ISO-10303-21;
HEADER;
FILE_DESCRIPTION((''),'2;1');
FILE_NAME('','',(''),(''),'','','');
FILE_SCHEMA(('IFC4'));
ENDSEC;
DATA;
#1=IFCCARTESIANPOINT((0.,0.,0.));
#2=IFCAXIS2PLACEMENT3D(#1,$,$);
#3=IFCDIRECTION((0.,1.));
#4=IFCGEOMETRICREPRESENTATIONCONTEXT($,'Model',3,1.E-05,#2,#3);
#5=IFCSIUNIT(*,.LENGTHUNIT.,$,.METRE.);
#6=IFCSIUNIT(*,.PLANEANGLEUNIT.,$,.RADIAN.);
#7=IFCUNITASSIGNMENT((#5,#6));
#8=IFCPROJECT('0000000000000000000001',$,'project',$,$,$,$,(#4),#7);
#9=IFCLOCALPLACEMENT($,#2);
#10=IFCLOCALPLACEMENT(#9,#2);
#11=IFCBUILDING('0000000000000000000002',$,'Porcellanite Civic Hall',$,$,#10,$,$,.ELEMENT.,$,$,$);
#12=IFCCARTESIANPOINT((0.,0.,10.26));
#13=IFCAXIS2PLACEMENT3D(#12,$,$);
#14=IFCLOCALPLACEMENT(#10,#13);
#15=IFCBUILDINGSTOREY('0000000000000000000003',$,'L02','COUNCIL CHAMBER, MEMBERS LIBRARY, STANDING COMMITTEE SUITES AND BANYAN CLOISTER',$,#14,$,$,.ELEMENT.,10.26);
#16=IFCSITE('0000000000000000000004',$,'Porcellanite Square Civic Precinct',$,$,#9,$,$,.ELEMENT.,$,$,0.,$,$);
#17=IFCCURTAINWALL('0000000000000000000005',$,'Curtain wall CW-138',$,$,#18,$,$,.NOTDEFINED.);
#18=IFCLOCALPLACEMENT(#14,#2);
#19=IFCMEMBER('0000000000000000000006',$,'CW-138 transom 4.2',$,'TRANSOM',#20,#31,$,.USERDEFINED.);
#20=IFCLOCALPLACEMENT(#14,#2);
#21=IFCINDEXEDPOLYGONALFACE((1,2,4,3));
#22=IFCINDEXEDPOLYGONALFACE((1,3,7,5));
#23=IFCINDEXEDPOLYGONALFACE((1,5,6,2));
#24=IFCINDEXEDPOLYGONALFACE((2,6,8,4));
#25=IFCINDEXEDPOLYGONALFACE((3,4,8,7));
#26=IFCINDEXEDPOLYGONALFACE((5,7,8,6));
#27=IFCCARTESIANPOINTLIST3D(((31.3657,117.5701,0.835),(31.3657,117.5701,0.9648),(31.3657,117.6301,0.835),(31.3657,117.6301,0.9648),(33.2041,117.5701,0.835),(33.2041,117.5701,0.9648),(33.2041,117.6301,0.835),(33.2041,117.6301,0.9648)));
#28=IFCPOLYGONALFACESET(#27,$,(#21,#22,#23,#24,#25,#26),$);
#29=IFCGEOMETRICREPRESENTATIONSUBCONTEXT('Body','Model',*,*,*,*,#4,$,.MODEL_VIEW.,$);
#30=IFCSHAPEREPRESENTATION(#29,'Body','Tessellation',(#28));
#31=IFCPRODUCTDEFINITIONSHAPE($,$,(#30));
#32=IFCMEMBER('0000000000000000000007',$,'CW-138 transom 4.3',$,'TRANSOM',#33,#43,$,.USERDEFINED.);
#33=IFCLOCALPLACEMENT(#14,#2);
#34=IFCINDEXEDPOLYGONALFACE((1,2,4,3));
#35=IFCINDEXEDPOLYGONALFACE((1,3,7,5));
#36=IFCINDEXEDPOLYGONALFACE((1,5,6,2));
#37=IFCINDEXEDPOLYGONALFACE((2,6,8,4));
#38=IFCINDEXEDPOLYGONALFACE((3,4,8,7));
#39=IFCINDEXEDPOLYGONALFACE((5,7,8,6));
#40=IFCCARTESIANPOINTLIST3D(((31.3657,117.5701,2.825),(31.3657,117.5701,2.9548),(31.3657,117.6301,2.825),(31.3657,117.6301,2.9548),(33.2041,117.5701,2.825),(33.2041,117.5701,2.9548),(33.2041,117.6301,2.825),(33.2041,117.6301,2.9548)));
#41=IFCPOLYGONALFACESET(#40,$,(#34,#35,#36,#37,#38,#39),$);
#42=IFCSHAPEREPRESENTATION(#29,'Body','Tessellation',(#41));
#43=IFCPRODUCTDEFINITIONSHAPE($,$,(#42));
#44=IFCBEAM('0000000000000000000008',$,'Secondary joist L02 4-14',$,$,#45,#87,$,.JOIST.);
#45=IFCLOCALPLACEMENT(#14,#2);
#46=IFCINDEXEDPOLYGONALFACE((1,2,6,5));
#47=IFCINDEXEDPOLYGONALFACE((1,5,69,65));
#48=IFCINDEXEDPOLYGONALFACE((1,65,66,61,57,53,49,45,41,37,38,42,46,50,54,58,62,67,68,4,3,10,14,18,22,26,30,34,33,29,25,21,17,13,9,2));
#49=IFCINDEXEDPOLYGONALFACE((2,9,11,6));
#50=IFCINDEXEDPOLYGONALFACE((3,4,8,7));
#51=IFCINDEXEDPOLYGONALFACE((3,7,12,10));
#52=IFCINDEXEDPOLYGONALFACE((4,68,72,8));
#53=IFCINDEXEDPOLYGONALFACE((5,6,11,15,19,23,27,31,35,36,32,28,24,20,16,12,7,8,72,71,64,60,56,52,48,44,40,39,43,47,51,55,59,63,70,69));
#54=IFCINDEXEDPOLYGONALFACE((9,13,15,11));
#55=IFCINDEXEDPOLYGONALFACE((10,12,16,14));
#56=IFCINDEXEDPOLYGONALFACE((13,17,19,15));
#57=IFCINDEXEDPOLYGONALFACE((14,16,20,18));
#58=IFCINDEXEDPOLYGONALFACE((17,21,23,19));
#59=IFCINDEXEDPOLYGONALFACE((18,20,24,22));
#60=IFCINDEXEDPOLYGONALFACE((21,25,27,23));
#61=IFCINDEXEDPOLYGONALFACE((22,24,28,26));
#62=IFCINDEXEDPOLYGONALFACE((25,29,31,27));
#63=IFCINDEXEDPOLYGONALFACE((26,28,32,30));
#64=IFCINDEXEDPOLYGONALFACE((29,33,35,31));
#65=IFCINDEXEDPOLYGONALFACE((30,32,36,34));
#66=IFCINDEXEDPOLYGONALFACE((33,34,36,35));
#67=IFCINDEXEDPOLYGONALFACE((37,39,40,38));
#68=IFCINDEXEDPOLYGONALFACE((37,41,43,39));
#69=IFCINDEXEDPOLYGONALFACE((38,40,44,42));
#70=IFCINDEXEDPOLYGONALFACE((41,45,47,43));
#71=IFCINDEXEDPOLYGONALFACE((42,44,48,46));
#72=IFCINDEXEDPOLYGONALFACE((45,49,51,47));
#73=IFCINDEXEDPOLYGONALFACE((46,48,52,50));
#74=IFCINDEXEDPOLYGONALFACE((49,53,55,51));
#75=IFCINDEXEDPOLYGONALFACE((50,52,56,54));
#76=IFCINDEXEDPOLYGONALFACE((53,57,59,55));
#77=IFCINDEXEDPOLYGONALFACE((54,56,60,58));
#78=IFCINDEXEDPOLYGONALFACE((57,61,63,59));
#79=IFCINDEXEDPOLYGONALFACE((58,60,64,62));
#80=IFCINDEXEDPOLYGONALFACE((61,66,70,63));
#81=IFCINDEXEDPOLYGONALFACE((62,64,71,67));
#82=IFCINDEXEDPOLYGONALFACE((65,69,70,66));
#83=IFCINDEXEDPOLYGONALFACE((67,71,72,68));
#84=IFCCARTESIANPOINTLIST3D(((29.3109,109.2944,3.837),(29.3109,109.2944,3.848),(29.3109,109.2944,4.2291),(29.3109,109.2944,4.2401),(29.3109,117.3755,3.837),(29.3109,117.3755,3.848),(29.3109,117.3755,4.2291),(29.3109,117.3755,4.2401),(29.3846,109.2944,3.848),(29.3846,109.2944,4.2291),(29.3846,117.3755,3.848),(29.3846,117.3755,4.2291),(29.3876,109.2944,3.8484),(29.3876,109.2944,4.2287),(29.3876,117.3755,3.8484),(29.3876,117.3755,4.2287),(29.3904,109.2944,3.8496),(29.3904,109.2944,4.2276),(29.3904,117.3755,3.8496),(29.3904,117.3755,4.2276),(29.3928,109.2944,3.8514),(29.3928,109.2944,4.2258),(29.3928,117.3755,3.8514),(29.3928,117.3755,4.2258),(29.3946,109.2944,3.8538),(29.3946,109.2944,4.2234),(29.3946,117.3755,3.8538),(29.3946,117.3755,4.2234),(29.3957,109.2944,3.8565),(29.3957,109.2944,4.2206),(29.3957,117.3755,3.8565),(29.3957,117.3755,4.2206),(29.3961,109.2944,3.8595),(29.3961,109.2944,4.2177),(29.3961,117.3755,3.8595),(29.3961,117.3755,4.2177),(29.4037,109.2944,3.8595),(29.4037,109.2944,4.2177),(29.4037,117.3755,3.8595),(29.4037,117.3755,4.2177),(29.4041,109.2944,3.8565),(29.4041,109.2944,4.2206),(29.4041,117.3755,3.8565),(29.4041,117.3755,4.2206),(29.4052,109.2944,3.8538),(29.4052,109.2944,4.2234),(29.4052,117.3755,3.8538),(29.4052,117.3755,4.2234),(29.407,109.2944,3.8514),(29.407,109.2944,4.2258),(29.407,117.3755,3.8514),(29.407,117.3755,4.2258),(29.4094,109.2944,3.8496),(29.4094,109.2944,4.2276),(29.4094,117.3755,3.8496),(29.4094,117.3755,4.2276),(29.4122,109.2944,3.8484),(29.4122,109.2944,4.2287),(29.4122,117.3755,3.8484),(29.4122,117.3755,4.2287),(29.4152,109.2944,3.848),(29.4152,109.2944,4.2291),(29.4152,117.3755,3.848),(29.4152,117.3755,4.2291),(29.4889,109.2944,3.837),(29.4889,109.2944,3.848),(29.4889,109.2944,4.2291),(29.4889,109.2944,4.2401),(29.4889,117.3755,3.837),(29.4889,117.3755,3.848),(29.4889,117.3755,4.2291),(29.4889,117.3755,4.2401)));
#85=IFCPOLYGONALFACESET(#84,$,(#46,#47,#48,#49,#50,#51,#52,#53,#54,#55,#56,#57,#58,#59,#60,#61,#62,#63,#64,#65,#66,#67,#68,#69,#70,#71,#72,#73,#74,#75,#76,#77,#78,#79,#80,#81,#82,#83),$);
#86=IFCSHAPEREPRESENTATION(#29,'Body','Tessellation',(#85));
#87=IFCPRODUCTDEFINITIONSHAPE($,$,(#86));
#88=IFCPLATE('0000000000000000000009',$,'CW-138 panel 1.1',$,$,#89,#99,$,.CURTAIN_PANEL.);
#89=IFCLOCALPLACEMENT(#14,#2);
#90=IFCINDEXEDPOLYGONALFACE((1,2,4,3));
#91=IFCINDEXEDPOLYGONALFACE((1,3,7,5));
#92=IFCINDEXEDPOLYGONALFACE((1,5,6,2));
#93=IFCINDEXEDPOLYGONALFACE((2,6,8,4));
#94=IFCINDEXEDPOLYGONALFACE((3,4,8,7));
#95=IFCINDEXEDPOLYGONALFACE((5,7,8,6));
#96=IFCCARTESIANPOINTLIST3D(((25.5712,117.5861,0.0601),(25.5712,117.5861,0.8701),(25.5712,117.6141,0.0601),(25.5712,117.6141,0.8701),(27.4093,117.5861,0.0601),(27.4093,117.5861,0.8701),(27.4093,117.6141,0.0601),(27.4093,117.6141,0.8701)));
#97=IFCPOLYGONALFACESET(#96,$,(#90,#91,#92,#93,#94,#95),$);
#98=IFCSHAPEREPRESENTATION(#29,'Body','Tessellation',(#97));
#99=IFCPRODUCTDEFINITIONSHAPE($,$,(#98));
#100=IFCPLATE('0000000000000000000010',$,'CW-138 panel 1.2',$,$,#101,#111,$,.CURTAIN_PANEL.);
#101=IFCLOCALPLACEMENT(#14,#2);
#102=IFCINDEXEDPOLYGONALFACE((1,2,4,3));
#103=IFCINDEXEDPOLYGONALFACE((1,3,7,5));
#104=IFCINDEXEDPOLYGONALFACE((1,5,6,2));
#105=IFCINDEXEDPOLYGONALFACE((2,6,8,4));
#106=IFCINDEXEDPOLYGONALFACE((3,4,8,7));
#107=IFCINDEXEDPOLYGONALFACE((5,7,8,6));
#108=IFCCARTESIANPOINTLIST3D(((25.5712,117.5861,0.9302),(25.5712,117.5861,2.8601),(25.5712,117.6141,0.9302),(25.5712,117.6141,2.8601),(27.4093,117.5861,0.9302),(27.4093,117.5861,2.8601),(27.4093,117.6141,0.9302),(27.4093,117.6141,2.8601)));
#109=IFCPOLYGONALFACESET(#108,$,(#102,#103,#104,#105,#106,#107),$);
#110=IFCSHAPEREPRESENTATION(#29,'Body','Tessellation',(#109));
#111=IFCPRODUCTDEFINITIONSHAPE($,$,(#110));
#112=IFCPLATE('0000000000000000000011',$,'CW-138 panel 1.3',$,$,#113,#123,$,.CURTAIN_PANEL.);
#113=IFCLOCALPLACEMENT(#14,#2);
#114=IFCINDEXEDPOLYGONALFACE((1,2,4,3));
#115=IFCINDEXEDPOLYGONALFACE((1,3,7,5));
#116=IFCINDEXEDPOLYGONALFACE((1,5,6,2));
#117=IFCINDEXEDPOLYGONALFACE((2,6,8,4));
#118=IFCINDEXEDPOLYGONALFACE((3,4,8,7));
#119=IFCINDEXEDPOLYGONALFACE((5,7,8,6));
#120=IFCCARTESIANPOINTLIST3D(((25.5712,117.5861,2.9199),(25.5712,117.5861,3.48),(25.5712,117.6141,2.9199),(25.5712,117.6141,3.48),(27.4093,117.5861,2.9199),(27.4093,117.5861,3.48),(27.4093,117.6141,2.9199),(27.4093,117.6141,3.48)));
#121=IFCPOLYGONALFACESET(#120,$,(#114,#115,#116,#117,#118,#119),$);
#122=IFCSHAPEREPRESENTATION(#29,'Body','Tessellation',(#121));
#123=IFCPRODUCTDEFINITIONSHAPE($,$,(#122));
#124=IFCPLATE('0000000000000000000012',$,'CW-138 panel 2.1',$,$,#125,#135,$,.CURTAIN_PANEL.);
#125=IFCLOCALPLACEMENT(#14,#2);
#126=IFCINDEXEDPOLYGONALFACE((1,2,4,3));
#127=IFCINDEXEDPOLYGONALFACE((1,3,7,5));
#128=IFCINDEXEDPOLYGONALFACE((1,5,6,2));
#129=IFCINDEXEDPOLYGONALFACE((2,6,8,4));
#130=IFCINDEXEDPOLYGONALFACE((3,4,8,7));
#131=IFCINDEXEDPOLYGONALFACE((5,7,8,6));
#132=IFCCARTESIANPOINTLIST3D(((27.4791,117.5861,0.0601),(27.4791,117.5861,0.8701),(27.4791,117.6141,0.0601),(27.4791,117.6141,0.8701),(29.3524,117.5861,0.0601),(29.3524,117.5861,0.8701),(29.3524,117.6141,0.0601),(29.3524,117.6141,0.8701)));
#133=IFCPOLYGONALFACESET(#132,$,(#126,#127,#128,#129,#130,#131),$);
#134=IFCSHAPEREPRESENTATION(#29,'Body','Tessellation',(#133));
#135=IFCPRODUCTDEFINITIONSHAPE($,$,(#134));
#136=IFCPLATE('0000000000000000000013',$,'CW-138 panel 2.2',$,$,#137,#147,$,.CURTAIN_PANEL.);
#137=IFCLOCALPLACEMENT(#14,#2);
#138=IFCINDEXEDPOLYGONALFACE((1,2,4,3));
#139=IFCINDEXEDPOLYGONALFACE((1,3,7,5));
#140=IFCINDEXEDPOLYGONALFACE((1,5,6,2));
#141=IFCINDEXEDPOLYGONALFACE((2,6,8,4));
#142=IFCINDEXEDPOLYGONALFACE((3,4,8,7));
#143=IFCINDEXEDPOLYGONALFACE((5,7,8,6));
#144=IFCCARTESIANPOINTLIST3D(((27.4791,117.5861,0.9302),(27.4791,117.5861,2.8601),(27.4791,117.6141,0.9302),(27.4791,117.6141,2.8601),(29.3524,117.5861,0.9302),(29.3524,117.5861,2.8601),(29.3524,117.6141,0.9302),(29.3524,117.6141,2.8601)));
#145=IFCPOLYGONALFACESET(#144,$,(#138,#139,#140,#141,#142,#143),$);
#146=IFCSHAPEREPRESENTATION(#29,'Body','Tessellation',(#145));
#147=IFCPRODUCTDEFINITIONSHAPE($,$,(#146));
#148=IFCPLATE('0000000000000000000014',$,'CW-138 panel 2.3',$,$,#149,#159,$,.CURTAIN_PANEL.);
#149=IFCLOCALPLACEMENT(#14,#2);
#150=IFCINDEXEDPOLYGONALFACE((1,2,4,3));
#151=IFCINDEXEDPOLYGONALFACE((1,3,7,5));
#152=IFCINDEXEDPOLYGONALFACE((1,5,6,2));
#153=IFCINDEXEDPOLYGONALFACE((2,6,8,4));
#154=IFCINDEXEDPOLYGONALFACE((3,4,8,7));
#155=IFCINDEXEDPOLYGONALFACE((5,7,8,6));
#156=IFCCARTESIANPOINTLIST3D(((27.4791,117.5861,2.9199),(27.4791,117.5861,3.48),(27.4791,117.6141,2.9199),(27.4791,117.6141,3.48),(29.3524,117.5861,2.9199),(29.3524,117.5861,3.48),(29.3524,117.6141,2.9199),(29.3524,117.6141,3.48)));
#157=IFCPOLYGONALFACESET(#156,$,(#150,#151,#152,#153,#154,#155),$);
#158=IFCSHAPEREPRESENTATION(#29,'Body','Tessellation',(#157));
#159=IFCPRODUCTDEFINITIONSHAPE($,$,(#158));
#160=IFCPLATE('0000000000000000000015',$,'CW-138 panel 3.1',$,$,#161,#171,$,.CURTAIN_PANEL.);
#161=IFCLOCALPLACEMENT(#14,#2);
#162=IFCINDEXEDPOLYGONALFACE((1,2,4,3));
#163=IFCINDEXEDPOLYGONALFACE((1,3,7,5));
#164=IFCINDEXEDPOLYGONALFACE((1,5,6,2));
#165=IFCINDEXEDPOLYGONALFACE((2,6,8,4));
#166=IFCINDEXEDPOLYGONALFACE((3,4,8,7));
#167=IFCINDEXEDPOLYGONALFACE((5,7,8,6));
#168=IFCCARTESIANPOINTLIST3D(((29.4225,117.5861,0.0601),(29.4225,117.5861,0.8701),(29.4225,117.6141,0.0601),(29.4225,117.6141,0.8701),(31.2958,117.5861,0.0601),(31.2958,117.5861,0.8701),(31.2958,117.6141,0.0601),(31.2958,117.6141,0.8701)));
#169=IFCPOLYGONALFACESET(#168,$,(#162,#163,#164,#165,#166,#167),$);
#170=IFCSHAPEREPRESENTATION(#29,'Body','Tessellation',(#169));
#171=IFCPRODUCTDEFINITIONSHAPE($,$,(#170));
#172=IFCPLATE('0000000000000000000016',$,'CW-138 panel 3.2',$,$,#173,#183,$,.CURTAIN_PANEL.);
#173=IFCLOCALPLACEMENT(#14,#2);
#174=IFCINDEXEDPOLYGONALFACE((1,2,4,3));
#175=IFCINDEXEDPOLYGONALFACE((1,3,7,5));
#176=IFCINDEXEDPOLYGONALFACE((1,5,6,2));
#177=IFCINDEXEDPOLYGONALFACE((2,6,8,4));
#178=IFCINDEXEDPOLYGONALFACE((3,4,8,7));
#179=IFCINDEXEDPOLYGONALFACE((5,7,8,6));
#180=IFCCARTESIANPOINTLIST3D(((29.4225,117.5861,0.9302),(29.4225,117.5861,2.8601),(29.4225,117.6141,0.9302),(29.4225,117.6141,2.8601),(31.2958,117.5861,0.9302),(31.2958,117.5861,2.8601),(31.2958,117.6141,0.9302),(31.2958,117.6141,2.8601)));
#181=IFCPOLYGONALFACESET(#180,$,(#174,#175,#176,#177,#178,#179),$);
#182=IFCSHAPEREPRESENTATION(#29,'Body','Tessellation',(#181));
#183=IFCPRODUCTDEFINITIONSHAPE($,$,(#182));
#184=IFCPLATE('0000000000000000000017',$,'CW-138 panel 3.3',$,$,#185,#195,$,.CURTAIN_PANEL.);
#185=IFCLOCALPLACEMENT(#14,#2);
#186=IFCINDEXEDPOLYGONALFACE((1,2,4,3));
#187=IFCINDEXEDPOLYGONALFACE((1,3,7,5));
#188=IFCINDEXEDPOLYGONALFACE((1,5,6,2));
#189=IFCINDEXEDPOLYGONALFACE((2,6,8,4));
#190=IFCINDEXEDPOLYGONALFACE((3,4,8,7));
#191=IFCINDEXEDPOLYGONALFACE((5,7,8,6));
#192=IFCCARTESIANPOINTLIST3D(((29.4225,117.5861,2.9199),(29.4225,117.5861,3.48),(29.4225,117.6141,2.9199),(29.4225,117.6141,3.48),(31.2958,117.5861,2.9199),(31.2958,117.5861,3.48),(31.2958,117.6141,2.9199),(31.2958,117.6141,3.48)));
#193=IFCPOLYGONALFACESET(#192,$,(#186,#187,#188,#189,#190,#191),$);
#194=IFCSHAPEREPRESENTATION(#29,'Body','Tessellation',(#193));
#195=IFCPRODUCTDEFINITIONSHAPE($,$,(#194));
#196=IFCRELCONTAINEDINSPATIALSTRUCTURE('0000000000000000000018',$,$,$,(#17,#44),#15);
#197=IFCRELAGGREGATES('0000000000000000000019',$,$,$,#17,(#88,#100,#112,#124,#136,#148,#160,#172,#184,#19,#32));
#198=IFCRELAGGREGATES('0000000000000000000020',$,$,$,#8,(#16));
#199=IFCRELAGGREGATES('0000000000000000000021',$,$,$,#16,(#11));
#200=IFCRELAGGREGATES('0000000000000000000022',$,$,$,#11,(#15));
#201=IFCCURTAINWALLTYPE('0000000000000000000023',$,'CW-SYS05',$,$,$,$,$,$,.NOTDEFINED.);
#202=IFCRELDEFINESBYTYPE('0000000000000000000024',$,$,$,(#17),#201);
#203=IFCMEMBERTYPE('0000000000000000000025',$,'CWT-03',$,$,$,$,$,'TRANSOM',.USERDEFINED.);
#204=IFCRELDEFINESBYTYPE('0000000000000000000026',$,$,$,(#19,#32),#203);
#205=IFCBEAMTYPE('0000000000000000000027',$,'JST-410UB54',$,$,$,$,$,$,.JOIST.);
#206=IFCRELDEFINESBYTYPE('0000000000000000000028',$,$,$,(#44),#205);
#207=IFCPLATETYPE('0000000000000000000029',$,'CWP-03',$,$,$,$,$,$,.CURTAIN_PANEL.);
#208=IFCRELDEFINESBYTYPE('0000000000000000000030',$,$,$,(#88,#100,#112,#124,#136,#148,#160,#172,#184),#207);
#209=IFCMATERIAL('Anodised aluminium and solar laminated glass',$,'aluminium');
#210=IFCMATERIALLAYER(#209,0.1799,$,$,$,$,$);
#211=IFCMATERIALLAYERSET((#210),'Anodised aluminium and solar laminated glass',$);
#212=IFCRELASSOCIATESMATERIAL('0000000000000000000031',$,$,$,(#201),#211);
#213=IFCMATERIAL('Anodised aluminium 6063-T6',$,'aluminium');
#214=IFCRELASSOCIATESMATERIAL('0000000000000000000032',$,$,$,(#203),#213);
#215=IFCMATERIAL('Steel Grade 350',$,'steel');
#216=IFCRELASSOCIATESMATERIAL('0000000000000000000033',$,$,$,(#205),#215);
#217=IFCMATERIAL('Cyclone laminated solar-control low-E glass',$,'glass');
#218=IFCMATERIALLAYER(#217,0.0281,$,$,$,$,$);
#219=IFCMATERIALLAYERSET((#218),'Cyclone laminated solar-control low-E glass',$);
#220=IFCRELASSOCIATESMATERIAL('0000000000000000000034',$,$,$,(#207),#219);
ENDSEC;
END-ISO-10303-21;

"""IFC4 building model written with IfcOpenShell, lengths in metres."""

from ifc_helpers import new_model, si_unit, direction, frame, origin, origin_2d, place, context, subcontext, project, spatial, rectangle, i_section, extrude, material, layer, layer_set, material_profile, profile_set, type_object, element, aggregate, save


model = new_model("IFC4")

# Units and contexts
model_context = context("Model", 3, precision=1e-05, world=origin(), true_north=direction((0.0, 1.0)))
body_context = subcontext(model_context, "Body", "Model", "MODEL_VIEW")
ifc_project = project(units=[si_unit("LENGTHUNIT", "METRE"), si_unit("PLANEANGLEUNIT", "RADIAN")], contexts=[model_context])

# Site, building, storey
site_placement = place(None, origin())
site = spatial("IfcSite", under=ifc_project, at=site_placement, Name="Porcellanite Square Civic Precinct", CompositionType="ELEMENT", RefElevation=0.0)
building_placement = place(site_placement, origin())
building = spatial("IfcBuilding", under=site, at=building_placement, Name="Porcellanite Civic Hall", CompositionType="ELEMENT")
storey_placement = place(building_placement, frame((0.0, 0.0, 10.26)))
storey = spatial("IfcBuildingStorey", under=building, at=storey_placement, Name="L02", Description="COUNCIL CHAMBER, MEMBERS LIBRARY, STANDING COMMITTEE SUITES AND BANYAN CLOISTER", CompositionType="ELEMENT", Elevation=10.26)

# Curtain wall, members
ifc_material_1 = material(Name="Anodised aluminium and solar laminated glass", Category="aluminium")
ifc_layer_1 = layer(ifc_material_1, 0.1799)
ifc_layer_set_1 = layer_set([ifc_layer_1], Name="Anodised aluminium and solar laminated glass")
curtain_wall_type = type_object("IfcCurtainWallType", Name="CW-SYS05", PredefinedType="NOTDEFINED", material=ifc_layer_set_1)
curtain_wall_placement = place(storey_placement, origin())
curtain_wall = element("IfcCurtainWall", 1, at=curtain_wall_placement, inside=storey, type_object=curtain_wall_type, Name="Curtain wall CW-138", PredefinedType="NOTDEFINED")
ifc_material_2 = material(Name="Anodised aluminium 6063-T6", Category="aluminium")
ifc_material_profile_1 = material_profile(ifc_material_2, rectangle(XDim=0.0601, YDim=0.1299, at=origin_2d()), Name="AL-60x130")
ifc_profile_set_1 = profile_set([ifc_material_profile_1], Name="Anodised aluminium 6063-T6")
member_type_1 = type_object("IfcMemberType", Name="CWT-03", ElementType="TRANSOM", PredefinedType="USERDEFINED", material=ifc_profile_set_1)
member_1_placement = place(storey_placement, frame((31.3657, 117.6001, 0.8999), z_axis=(1.0, 0.0, 0.0), x_axis=(0.0, 1.0, 0.0)))
member_1 = element("IfcMember", 2, at=member_1_placement, type_object=member_type_1, Name="CW-138 transom 4.2", ObjectType="TRANSOM", PredefinedType="USERDEFINED", context=body_context, shape_type="SweptSolid", body=[
    extrude(rectangle(XDim=0.0601, YDim=0.1299, at=origin_2d()), origin(), (0.0, 0.0, 1.0), 1.8384),
])
member_2_placement = place(storey_placement, frame((31.3657, 117.6001, 2.8899), z_axis=(1.0, 0.0, 0.0), x_axis=(0.0, 1.0, 0.0)))
member_2 = element("IfcMember", 3, at=member_2_placement, type_object=member_type_1, Name="CW-138 transom 4.3", ObjectType="TRANSOM", PredefinedType="USERDEFINED", context=body_context, shape_type="SweptSolid", body=[
    extrude(rectangle(XDim=0.0601, YDim=0.1299, at=origin_2d()), origin(), (0.0, 0.0, 1.0), 1.8384),
])

# Beam
ifc_material_3 = material(Name="Steel Grade 350", Category="steel")
ifc_material_profile_2 = material_profile(ifc_material_3, i_section(OverallWidth=0.178, OverallDepth=0.4031, WebThickness=0.0076, FlangeThickness=0.011, FilletRadius=0.0115, at=origin_2d()), Name="410UB53.7")
ifc_profile_set_2 = profile_set([ifc_material_profile_2], Name="Steel Grade 350")
beam_type = type_object("IfcBeamType", Name="JST-410UB54", PredefinedType="JOIST", material=ifc_profile_set_2)
beam_placement = place(storey_placement, frame((29.3999, 109.2944, 4.0386), z_axis=(0.0, 1.0, 0.0), x_axis=(-1.0, 0.0, 0.0)))
element("IfcBeam", 4, at=beam_placement, inside=storey, type_object=beam_type, Name="Secondary joist L02 4-14", PredefinedType="JOIST", context=body_context, shape_type="SweptSolid", body=[
    extrude(i_section(OverallWidth=0.178, OverallDepth=0.4031, WebThickness=0.0076, FlangeThickness=0.011, FilletRadius=0.0115, at=origin_2d()), origin(), (0.0, 0.0, 1.0), 8.0811),
])

# Plates
ifc_material_4 = material(Name="Cyclone laminated solar-control low-E glass", Category="glass")
ifc_layer_2 = layer(ifc_material_4, 0.0281)
ifc_layer_set_2 = layer_set([ifc_layer_2], Name="Cyclone laminated solar-control low-E glass")
plate_type = type_object("IfcPlateType", Name="CWP-03", PredefinedType="CURTAIN_PANEL", material=ifc_layer_set_2)
plate_1_placement = place(storey_placement, frame((26.4902, 117.6001, 0.0601), z_axis=(0.0, 0.0, 1.0), x_axis=(1.0, 0.0, 0.0)))
plate_1 = element("IfcPlate", 5, at=plate_1_placement, type_object=plate_type, Name="CW-138 panel 1.1", PredefinedType="CURTAIN_PANEL", context=body_context, shape_type="SweptSolid", body=[
    extrude(rectangle(XDim=1.8381, YDim=0.0281, at=origin_2d()), origin(), (0.0, 0.0, 1.0), 0.8101),
])
plate_2_placement = place(storey_placement, frame((26.4902, 117.6001, 0.9302), z_axis=(0.0, 0.0, 1.0), x_axis=(1.0, 0.0, 0.0)))
plate_2 = element("IfcPlate", 6, at=plate_2_placement, type_object=plate_type, Name="CW-138 panel 1.2", PredefinedType="CURTAIN_PANEL", context=body_context, shape_type="SweptSolid", body=[
    extrude(rectangle(XDim=1.8381, YDim=0.0281, at=origin_2d()), origin(), (0.0, 0.0, 1.0), 1.9299),
])
plate_3_placement = place(storey_placement, frame((26.4902, 117.6001, 2.9199), z_axis=(0.0, 0.0, 1.0), x_axis=(1.0, 0.0, 0.0)))
plate_3 = element("IfcPlate", 7, at=plate_3_placement, type_object=plate_type, Name="CW-138 panel 1.3", PredefinedType="CURTAIN_PANEL", context=body_context, shape_type="SweptSolid", body=[
    extrude(rectangle(XDim=1.8381, YDim=0.0281, at=origin_2d()), origin(), (0.0, 0.0, 1.0), 0.5601),
])
plate_4_placement = place(storey_placement, frame((28.4158, 117.6001, 0.0601), z_axis=(0.0, 0.0, 1.0), x_axis=(1.0, 0.0, 0.0)))
plate_4 = element("IfcPlate", 8, at=plate_4_placement, type_object=plate_type, Name="CW-138 panel 2.1", PredefinedType="CURTAIN_PANEL", context=body_context, shape_type="SweptSolid", body=[
    extrude(rectangle(XDim=1.8733, YDim=0.0281, at=origin_2d()), origin(), (0.0, 0.0, 1.0), 0.8101),
])
plate_5_placement = place(storey_placement, frame((28.4158, 117.6001, 0.9302), z_axis=(0.0, 0.0, 1.0), x_axis=(1.0, 0.0, 0.0)))
plate_5 = element("IfcPlate", 9, at=plate_5_placement, type_object=plate_type, Name="CW-138 panel 2.2", PredefinedType="CURTAIN_PANEL", context=body_context, shape_type="SweptSolid", body=[
    extrude(rectangle(XDim=1.8733, YDim=0.0281, at=origin_2d()), origin(), (0.0, 0.0, 1.0), 1.9299),
])
plate_6_placement = place(storey_placement, frame((28.4158, 117.6001, 2.9199), z_axis=(0.0, 0.0, 1.0), x_axis=(1.0, 0.0, 0.0)))
plate_6 = element("IfcPlate", 10, at=plate_6_placement, type_object=plate_type, Name="CW-138 panel 2.3", PredefinedType="CURTAIN_PANEL", context=body_context, shape_type="SweptSolid", body=[
    extrude(rectangle(XDim=1.8733, YDim=0.0281, at=origin_2d()), origin(), (0.0, 0.0, 1.0), 0.5601),
])
plate_7_placement = place(storey_placement, frame((30.3591, 117.6001, 0.0601), z_axis=(0.0, 0.0, 1.0), x_axis=(1.0, 0.0, 0.0)))
plate_7 = element("IfcPlate", 11, at=plate_7_placement, type_object=plate_type, Name="CW-138 panel 3.1", PredefinedType="CURTAIN_PANEL", context=body_context, shape_type="SweptSolid", body=[
    extrude(rectangle(XDim=1.8733, YDim=0.0281, at=origin_2d()), origin(), (0.0, 0.0, 1.0), 0.8101),
])
plate_8_placement = place(storey_placement, frame((30.3591, 117.6001, 0.9302), z_axis=(0.0, 0.0, 1.0), x_axis=(1.0, 0.0, 0.0)))
plate_8 = element("IfcPlate", 12, at=plate_8_placement, type_object=plate_type, Name="CW-138 panel 3.2", PredefinedType="CURTAIN_PANEL", context=body_context, shape_type="SweptSolid", body=[
    extrude(rectangle(XDim=1.8733, YDim=0.0281, at=origin_2d()), origin(), (0.0, 0.0, 1.0), 1.9299),
])
plate_9_placement = place(storey_placement, frame((30.3591, 117.6001, 2.9199), z_axis=(0.0, 0.0, 1.0), x_axis=(1.0, 0.0, 0.0)))
plate_9 = element("IfcPlate", 13, at=plate_9_placement, type_object=plate_type, Name="CW-138 panel 3.3", PredefinedType="CURTAIN_PANEL", context=body_context, shape_type="SweptSolid", body=[
    extrude(rectangle(XDim=1.8733, YDim=0.0281, at=origin_2d()), origin(), (0.0, 0.0, 1.0), 0.5601),
])
aggregate(curtain_wall, [plate_1, plate_2, plate_3, plate_4, plate_5, plate_6, plate_7, plate_8, plate_9, member_1, member_2])

save(model, "model.ifc")
